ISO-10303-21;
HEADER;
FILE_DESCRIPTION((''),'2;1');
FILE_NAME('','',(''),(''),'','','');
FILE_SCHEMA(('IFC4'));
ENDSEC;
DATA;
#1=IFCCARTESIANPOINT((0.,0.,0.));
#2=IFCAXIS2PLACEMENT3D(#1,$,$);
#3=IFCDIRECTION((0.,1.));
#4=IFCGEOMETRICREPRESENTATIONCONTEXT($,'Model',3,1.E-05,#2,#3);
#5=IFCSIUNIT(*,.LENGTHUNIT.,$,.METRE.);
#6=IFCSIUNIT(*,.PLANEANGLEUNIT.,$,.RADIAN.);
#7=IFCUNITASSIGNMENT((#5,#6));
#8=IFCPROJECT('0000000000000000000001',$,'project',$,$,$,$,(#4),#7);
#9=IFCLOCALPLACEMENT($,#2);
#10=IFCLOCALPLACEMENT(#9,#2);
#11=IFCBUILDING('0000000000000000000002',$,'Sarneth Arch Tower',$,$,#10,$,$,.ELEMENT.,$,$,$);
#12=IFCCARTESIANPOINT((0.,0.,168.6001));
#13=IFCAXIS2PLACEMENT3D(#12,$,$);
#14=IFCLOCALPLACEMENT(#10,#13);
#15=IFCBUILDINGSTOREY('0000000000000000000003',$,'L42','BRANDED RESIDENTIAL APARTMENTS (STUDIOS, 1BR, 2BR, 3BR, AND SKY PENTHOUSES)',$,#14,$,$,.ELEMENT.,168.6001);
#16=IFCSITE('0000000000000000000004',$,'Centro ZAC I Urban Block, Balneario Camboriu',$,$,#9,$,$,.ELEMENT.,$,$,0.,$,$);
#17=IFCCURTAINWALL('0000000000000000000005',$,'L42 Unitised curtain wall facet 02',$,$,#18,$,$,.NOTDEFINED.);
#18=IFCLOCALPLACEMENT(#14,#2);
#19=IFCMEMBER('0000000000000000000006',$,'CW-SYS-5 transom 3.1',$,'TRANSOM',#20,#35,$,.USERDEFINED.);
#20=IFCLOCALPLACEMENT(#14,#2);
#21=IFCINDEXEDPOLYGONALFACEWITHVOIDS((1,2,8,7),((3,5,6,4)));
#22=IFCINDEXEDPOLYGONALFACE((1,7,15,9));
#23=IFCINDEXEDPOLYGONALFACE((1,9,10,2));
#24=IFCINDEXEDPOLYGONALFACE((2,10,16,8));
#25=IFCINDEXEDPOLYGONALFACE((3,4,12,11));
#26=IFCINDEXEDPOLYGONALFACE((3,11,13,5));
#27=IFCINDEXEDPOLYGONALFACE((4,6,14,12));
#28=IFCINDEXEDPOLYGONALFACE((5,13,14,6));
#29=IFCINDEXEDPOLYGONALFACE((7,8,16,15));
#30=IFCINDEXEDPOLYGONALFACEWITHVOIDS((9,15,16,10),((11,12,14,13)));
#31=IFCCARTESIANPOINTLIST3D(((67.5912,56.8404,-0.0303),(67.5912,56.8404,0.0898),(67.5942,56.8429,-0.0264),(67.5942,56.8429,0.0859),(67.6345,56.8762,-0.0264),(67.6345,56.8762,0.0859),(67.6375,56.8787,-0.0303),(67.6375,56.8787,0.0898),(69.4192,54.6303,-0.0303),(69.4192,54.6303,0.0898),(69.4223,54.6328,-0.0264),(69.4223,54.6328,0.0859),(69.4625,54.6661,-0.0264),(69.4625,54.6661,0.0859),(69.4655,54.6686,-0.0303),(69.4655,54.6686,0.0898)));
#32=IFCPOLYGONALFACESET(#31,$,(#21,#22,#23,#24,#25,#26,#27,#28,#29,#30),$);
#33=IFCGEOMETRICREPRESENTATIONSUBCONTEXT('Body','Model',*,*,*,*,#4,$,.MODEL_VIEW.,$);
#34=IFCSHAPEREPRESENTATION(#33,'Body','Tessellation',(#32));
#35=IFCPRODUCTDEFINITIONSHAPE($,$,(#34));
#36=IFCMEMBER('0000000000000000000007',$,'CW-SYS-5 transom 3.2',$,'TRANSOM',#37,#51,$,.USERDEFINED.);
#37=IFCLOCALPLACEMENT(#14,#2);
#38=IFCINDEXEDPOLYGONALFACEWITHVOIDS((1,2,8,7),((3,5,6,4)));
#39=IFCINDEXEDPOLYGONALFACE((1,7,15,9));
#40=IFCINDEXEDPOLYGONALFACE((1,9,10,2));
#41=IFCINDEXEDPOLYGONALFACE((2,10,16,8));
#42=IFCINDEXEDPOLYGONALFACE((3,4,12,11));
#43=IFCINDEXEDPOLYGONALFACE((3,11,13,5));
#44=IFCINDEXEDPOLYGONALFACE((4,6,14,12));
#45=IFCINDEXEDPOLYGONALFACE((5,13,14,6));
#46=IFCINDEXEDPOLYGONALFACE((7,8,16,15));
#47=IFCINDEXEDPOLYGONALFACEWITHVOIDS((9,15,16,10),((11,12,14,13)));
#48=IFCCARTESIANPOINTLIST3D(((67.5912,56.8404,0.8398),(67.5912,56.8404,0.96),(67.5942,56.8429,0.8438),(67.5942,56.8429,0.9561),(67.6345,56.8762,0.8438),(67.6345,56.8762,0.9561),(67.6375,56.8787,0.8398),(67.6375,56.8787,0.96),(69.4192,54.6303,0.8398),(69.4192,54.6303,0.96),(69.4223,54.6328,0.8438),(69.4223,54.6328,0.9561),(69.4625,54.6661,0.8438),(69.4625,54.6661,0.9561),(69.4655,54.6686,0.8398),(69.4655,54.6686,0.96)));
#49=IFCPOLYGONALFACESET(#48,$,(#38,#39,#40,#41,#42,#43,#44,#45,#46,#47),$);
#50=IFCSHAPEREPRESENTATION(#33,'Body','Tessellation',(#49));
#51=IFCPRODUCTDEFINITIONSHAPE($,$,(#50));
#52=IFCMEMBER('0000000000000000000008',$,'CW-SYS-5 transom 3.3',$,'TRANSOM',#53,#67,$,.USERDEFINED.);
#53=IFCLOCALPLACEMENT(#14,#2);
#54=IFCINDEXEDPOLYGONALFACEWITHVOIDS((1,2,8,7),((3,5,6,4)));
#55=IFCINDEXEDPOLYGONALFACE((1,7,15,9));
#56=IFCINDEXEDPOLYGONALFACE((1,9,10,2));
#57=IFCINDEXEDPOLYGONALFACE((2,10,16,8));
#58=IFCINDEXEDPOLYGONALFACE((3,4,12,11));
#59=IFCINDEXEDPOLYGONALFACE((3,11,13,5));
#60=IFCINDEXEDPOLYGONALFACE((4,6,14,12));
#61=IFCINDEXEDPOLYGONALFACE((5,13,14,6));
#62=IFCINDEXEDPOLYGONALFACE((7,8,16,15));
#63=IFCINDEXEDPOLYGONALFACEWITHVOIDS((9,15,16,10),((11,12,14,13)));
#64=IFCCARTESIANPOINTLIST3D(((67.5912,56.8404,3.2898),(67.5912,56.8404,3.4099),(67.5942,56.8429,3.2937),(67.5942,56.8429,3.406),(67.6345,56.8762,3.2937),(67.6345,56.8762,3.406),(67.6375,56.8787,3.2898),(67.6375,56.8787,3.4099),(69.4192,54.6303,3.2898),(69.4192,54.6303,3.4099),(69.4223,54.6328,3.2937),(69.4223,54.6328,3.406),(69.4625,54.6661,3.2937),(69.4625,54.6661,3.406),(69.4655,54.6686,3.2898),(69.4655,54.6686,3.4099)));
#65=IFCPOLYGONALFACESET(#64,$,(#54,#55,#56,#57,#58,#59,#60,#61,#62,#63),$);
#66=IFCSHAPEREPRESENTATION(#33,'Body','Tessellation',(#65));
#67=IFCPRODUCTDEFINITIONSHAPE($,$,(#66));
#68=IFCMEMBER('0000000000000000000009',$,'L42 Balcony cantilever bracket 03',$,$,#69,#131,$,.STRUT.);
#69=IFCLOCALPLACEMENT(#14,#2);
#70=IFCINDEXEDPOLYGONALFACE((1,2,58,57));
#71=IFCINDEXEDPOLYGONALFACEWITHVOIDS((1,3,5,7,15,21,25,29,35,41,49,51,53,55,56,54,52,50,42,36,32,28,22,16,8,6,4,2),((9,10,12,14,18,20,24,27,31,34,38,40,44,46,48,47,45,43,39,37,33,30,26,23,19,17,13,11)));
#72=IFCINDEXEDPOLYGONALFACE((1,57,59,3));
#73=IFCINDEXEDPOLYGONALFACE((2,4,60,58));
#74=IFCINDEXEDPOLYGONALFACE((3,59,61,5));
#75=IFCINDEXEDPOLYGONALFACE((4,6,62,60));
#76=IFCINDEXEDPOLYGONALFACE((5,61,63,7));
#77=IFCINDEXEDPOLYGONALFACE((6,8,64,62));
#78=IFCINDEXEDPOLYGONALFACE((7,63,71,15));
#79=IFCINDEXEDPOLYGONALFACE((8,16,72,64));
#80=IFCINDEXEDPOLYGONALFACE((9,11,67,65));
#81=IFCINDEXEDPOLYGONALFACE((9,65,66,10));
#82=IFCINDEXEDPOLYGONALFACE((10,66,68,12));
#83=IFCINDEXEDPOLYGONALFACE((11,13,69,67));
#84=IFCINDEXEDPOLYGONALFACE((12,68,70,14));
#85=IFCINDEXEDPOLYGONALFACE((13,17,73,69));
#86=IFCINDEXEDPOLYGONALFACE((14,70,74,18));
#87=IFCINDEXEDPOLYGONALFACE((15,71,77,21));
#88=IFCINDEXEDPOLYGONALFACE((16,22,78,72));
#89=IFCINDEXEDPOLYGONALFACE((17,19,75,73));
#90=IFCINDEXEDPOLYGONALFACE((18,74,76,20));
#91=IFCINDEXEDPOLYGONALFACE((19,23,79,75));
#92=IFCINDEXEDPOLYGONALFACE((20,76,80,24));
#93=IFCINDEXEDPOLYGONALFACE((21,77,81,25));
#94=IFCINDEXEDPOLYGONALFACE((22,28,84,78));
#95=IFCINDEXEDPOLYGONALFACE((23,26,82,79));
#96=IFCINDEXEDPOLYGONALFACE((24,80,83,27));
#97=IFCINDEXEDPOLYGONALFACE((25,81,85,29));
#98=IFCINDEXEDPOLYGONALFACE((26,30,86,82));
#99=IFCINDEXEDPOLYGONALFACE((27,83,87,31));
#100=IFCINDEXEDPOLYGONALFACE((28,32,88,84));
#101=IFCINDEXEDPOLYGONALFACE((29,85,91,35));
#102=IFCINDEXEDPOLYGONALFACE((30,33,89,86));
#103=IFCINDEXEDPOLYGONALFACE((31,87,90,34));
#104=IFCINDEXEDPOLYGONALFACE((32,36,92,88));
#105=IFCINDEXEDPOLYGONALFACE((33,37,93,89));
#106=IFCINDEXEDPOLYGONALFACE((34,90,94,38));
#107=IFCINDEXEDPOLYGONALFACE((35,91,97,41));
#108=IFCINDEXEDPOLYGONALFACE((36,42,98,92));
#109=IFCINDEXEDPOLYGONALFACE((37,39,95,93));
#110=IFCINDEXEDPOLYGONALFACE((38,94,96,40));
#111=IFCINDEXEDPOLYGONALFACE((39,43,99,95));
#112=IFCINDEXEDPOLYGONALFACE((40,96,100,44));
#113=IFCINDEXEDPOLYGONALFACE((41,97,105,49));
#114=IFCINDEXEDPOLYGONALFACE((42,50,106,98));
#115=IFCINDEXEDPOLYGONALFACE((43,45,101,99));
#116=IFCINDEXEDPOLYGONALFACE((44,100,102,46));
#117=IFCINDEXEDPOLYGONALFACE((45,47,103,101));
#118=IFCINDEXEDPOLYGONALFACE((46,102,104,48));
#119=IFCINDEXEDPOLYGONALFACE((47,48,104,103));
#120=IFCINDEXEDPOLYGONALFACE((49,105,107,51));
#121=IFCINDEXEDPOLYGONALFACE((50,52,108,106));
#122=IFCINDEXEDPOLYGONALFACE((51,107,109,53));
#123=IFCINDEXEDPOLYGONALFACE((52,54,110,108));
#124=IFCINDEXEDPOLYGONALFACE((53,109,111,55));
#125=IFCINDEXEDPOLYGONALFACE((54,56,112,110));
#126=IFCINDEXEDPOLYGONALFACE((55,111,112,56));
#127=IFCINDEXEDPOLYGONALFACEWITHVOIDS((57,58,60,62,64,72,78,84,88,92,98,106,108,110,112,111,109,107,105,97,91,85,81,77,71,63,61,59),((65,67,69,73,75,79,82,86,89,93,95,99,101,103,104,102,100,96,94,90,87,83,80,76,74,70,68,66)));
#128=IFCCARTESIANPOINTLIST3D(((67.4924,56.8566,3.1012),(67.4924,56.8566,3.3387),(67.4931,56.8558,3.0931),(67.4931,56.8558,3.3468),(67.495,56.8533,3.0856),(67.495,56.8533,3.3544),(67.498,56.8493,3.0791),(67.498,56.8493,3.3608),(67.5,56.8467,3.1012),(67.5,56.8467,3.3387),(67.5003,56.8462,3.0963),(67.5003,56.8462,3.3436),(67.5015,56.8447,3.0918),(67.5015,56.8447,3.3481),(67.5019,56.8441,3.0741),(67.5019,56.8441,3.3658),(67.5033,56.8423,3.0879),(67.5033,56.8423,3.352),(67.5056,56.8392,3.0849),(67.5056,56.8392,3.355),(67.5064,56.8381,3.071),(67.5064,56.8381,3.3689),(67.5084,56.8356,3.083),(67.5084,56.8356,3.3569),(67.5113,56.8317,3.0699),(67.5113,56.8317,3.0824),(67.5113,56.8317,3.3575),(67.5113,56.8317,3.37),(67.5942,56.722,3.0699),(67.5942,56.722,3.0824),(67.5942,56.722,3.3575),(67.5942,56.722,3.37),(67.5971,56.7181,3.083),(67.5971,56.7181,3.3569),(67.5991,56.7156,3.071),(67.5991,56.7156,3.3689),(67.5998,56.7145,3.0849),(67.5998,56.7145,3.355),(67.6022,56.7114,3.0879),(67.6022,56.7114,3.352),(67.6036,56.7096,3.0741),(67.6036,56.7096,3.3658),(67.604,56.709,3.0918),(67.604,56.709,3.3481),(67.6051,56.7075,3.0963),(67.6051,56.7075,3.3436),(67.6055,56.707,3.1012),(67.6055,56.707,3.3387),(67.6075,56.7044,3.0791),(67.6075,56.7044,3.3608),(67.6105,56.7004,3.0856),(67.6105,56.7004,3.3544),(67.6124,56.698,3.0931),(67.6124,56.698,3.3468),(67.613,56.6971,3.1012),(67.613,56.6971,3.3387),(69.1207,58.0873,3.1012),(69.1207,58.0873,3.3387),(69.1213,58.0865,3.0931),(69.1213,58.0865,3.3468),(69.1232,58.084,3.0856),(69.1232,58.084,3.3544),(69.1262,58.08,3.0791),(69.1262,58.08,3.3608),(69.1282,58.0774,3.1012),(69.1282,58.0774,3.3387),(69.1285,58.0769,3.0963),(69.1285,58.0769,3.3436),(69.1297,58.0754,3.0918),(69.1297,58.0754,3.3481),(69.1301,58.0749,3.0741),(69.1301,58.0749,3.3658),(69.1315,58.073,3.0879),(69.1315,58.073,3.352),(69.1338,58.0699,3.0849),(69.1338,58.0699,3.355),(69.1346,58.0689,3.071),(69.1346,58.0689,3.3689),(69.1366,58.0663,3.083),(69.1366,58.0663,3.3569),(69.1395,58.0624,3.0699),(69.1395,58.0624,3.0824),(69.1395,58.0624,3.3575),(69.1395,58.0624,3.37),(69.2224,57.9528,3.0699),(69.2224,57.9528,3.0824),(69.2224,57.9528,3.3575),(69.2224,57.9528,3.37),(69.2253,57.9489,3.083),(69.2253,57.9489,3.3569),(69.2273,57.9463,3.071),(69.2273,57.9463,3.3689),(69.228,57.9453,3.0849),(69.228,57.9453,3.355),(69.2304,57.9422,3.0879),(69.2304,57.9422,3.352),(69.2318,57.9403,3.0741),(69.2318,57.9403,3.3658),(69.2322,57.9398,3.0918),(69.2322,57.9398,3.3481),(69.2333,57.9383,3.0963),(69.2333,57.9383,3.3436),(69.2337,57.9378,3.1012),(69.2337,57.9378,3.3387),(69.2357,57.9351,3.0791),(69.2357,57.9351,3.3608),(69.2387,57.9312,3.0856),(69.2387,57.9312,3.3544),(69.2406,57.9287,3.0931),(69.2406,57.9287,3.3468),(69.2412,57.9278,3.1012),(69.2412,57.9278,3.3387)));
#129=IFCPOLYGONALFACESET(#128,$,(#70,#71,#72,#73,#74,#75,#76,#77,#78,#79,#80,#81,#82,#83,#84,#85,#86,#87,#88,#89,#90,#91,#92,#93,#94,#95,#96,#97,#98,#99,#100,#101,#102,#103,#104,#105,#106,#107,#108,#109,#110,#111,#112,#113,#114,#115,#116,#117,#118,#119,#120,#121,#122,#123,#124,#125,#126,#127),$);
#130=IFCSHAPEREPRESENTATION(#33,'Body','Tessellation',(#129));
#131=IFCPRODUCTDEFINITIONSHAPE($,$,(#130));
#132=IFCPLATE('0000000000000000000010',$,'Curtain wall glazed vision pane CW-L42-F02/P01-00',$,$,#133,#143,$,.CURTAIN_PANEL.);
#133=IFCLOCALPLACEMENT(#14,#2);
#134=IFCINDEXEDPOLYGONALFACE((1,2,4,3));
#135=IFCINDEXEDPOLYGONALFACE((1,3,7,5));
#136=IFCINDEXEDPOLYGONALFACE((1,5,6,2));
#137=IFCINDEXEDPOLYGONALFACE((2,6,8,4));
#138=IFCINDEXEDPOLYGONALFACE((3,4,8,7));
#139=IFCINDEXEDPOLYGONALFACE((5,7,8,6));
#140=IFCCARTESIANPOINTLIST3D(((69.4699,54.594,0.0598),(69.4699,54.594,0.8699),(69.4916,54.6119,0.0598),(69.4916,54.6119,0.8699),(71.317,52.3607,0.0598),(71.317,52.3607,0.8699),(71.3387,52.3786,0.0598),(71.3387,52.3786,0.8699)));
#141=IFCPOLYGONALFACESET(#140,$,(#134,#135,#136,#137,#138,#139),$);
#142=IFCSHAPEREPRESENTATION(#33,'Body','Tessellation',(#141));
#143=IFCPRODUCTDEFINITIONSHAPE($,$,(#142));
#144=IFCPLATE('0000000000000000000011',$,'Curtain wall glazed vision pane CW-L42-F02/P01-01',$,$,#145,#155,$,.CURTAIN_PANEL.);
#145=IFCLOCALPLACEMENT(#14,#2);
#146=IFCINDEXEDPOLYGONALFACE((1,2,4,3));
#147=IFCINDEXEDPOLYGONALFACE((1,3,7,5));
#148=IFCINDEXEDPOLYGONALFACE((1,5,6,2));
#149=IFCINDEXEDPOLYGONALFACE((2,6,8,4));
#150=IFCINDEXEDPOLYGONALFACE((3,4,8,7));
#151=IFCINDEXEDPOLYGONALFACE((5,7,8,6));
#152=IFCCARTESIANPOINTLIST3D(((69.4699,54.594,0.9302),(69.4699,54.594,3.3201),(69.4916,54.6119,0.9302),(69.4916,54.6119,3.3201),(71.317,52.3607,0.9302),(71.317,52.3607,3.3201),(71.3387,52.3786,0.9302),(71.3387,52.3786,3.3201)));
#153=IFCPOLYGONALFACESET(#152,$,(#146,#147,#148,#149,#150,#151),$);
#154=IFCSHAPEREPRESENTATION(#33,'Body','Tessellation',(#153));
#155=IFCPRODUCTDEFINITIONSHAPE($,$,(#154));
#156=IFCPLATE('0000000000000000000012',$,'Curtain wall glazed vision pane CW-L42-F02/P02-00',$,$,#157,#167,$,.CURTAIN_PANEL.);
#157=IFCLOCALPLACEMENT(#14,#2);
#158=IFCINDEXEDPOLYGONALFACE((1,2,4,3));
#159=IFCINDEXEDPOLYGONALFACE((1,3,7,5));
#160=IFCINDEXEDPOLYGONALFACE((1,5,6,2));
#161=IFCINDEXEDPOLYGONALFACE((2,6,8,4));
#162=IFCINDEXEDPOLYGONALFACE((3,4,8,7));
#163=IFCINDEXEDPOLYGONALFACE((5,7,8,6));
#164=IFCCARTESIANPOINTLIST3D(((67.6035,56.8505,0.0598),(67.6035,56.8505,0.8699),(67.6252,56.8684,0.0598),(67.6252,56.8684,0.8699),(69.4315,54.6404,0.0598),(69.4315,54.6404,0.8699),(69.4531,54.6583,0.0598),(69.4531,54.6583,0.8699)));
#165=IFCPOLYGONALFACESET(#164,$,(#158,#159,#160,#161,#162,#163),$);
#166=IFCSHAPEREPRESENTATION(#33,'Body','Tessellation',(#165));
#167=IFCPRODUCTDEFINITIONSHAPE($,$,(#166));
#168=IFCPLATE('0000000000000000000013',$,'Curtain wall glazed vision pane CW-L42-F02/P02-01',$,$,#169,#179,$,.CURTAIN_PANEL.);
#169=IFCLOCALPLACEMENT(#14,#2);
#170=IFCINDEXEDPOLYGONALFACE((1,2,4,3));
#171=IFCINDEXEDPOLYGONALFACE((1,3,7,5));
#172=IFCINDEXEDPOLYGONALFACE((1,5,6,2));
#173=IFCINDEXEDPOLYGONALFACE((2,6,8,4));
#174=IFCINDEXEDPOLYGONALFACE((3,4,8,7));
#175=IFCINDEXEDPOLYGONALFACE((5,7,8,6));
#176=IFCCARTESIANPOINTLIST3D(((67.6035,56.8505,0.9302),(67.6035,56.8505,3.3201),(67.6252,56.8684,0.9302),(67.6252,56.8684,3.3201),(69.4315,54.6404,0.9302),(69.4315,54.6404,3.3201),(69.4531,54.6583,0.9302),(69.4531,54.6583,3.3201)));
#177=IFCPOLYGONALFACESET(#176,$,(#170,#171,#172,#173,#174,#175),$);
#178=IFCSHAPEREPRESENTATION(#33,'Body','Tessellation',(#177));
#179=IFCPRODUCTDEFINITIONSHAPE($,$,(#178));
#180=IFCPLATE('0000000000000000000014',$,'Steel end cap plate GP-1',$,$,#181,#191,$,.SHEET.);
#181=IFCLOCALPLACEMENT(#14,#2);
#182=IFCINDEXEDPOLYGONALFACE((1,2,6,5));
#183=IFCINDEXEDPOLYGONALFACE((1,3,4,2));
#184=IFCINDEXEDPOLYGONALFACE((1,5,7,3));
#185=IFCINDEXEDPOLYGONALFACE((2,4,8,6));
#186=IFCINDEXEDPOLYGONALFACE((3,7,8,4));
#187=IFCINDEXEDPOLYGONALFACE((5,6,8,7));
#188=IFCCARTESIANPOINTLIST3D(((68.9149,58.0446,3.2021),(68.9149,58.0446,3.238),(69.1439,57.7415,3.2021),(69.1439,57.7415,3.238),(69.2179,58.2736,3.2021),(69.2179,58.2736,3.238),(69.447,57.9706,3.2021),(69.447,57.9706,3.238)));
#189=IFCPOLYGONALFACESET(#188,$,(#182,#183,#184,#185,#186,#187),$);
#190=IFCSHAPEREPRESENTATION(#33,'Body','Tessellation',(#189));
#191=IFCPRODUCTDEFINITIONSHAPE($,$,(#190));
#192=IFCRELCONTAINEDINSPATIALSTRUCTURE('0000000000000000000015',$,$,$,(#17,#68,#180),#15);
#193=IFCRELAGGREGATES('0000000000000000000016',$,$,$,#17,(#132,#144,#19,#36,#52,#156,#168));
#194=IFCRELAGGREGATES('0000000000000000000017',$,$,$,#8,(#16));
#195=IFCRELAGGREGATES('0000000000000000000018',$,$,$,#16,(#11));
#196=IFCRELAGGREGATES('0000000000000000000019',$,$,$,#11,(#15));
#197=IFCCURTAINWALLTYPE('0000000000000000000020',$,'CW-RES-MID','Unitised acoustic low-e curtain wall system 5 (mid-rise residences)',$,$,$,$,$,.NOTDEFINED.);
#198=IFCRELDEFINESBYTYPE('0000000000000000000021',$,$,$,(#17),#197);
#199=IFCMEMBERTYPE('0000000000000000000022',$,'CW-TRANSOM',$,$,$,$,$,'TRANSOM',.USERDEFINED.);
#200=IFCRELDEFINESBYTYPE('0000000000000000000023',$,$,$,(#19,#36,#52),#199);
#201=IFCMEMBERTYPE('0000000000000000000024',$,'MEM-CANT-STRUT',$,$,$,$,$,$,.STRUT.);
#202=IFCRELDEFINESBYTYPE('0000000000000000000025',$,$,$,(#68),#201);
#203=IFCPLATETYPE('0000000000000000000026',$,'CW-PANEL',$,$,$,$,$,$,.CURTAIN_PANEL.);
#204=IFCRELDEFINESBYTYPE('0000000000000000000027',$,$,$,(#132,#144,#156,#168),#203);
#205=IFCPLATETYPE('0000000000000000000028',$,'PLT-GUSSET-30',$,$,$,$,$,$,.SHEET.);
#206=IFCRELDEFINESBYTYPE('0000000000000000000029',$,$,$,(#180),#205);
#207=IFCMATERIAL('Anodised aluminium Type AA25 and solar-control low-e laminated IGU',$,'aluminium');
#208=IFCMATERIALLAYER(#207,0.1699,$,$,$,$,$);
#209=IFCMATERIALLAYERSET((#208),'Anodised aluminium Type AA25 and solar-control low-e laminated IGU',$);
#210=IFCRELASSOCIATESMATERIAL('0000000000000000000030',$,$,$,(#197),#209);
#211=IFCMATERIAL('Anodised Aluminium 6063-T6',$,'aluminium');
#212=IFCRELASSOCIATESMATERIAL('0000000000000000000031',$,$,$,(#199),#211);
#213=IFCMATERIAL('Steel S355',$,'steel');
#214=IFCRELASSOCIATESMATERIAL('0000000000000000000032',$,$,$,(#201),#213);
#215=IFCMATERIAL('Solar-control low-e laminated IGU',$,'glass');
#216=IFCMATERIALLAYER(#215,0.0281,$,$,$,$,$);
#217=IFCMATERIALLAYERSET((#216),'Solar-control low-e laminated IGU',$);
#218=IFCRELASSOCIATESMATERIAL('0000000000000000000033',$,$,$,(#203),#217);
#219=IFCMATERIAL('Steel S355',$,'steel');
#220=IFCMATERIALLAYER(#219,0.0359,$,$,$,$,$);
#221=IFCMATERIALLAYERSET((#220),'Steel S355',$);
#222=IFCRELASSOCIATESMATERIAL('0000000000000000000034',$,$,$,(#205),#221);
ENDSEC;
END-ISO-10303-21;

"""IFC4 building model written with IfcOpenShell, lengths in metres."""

from ifc_helpers import new_model, si_unit, direction, frame, origin, origin_2d, place, context, subcontext, project, spatial, rectangle, hollow_rectangle, extrude, material, layer, layer_set, material_profile, profile_set, type_object, element, aggregate, save


model = new_model("IFC4")

# Units and contexts
model_context = context("Model", 3, precision=1e-05, world=origin(), true_north=direction((0.0, 1.0)))
body_context = subcontext(model_context, "Body", "Model", "MODEL_VIEW")
ifc_project = project(units=[si_unit("LENGTHUNIT", "METRE"), si_unit("PLANEANGLEUNIT", "RADIAN")], contexts=[model_context])

# Site, building, storey
site_placement = place(None, origin())
site = spatial("IfcSite", under=ifc_project, at=site_placement, Name="Centro ZAC I Urban Block, Balneario Camboriu", CompositionType="ELEMENT", RefElevation=0.0)
building_placement = place(site_placement, origin())
building = spatial("IfcBuilding", under=site, at=building_placement, Name="Sarneth Arch Tower", CompositionType="ELEMENT")
storey_placement = place(building_placement, frame((0.0, 0.0, 168.6001)))
storey = spatial("IfcBuildingStorey", under=building, at=storey_placement, Name="L42", Description="BRANDED RESIDENTIAL APARTMENTS (STUDIOS, 1BR, 2BR, 3BR, AND SKY PENTHOUSES)", CompositionType="ELEMENT", Elevation=168.6001)

# Curtain wall, members
ifc_material_1 = material(Name="Anodised aluminium Type AA25 and solar-control low-e laminated IGU", Category="aluminium")
ifc_layer_1 = layer(ifc_material_1, 0.1699)
ifc_layer_set_1 = layer_set([ifc_layer_1], Name="Anodised aluminium Type AA25 and solar-control low-e laminated IGU")
curtain_wall_type = type_object("IfcCurtainWallType", Name="CW-RES-MID", Description="Unitised acoustic low-e curtain wall system 5 (mid-rise residences)", PredefinedType="NOTDEFINED", material=ifc_layer_set_1)
curtain_wall_placement = place(storey_placement, origin())
curtain_wall = element("IfcCurtainWall", 1, at=curtain_wall_placement, inside=storey, type_object=curtain_wall_type, Name="L42 Unitised curtain wall facet 02", PredefinedType="NOTDEFINED")
ifc_material_2 = material(Name="Anodised Aluminium 6063-T6", Category="aluminium")
ifc_material_profile_1 = material_profile(ifc_material_2, hollow_rectangle(XDim=0.0601, YDim=0.1201, WallThickness=0.0039, at=origin_2d()), Name="AL-TRAN-120x60x4")
ifc_profile_set_1 = profile_set([ifc_material_profile_1], Name="Anodised Aluminium 6063-T6")
member_type_1 = type_object("IfcMemberType", Name="CW-TRANSOM", ElementType="TRANSOM", PredefinedType="USERDEFINED", material=ifc_profile_set_1)
member_1_placement = place(storey_placement, frame((69.4424, 54.6494, 0.0298), z_axis=(-0.637359, 0.770567, 0.0), x_axis=(-0.770567, -0.637359, 0.0)))
member_1 = element("IfcMember", 2, at=member_1_placement, type_object=member_type_1, Name="CW-SYS-5 transom 3.1", ObjectType="TRANSOM", PredefinedType="USERDEFINED", context=body_context, shape_type="SweptSolid", body=[
    extrude(hollow_rectangle(XDim=0.0601, YDim=0.1201, WallThickness=0.0039, at=origin_2d()), origin(), (0.0, 0.0, 1.0), 2.8682),
])
member_2_placement = place(storey_placement, frame((69.4424, 54.6494, 0.8999), z_axis=(-0.637359, 0.770567, 0.0), x_axis=(-0.770567, -0.637359, 0.0)))
member_2 = element("IfcMember", 3, at=member_2_placement, type_object=member_type_1, Name="CW-SYS-5 transom 3.2", ObjectType="TRANSOM", PredefinedType="USERDEFINED", context=body_context, shape_type="SweptSolid", body=[
    extrude(hollow_rectangle(XDim=0.0601, YDim=0.1201, WallThickness=0.0039, at=origin_2d()), origin(), (0.0, 0.0, 1.0), 2.8682),
])
member_3_placement = place(storey_placement, frame((69.4424, 54.6494, 3.3499), z_axis=(-0.637359, 0.770567, 0.0), x_axis=(-0.770567, -0.637359, 0.0)))
member_3 = element("IfcMember", 4, at=member_3_placement, type_object=member_type_1, Name="CW-SYS-5 transom 3.3", ObjectType="TRANSOM", PredefinedType="USERDEFINED", context=body_context, shape_type="SweptSolid", body=[
    extrude(hollow_rectangle(XDim=0.0601, YDim=0.1201, WallThickness=0.0039, at=origin_2d()), origin(), (0.0, 0.0, 1.0), 2.8682),
])

# Member
ifc_material_3 = material(Name="Steel S355", Category="steel")
ifc_material_profile_2 = material_profile(ifc_material_3, hollow_rectangle(XDim=0.2, YDim=0.3, WallThickness=0.0125, InnerFilletRadius=0.0188, OuterFilletRadius=0.0312, at=origin_2d()), Name="RHS300x200x12.5")
ifc_profile_set_2 = profile_set([ifc_material_profile_2], Name="Steel S355")
member_type_2 = type_object("IfcMemberType", Name="MEM-CANT-STRUT", PredefinedType="STRUT", material=ifc_profile_set_2)
member_4_placement = place(storey_placement, frame((67.5527, 56.7769, 3.22), z_axis=(0.797741, 0.603001, 0.0), x_axis=(-0.603001, 0.797741, 0.0)))
element("IfcMember", 5, at=member_4_placement, inside=storey, type_object=member_type_2, Name="L42 Balcony cantilever bracket 03", PredefinedType="STRUT", context=body_context, shape_type="SweptSolid", body=[
    extrude(hollow_rectangle(XDim=0.2, YDim=0.3, WallThickness=0.0125, InnerFilletRadius=0.0188, OuterFilletRadius=0.0312, at=origin_2d()), origin(), (0.0, 0.0, 1.0), 2.041),
])

# Plates
ifc_material_4 = material(Name="Solar-control low-e laminated IGU", Category="glass")
ifc_layer_2 = layer(ifc_material_4, 0.0281)
ifc_layer_set_2 = layer_set([ifc_layer_2], Name="Solar-control low-e laminated IGU")
plate_type_1 = type_object("IfcPlateType", Name="CW-PANEL", PredefinedType="CURTAIN_PANEL", material=ifc_layer_set_2)
plate_1_placement = place(storey_placement, frame((70.4043, 53.4863, 0.0598), z_axis=(0.0, 0.0, 1.0), x_axis=(-0.63733, 0.770591, 0.0)))
plate_1 = element("IfcPlate", 6, at=plate_1_placement, type_object=plate_type_1, Name="Curtain wall glazed vision pane CW-L42-F02/P01-00", PredefinedType="CURTAIN_PANEL", context=body_context, shape_type="SweptSolid", body=[
    extrude(rectangle(XDim=2.8982, YDim=0.0281, at=origin_2d()), origin(), (0.0, 0.0, 1.0), 0.8101),
])
plate_2_placement = place(storey_placement, frame((70.4043, 53.4863, 0.9302), z_axis=(0.0, 0.0, 1.0), x_axis=(-0.63733, 0.770591, 0.0)))
plate_2 = element("IfcPlate", 7, at=plate_2_placement, type_object=plate_type_1, Name="Curtain wall glazed vision pane CW-L42-F02/P01-01", PredefinedType="CURTAIN_PANEL", context=body_context, shape_type="SweptSolid", body=[
    extrude(rectangle(XDim=2.8982, YDim=0.0281, at=origin_2d()), origin(), (0.0, 0.0, 1.0), 2.3899),
])
plate_3_placement = place(storey_placement, frame((68.5283, 55.7544, 0.0598), z_axis=(0.0, 0.0, 1.0), x_axis=(-0.63733, 0.770591, 0.0)))
plate_3 = element("IfcPlate", 8, at=plate_3_placement, type_object=plate_type_1, Name="Curtain wall glazed vision pane CW-L42-F02/P02-00", PredefinedType="CURTAIN_PANEL", context=body_context, shape_type="SweptSolid", body=[
    extrude(rectangle(XDim=2.8682, YDim=0.0281, at=origin_2d()), origin(), (0.0, 0.0, 1.0), 0.8101),
])
plate_4_placement = place(storey_placement, frame((68.5283, 55.7544, 0.9302), z_axis=(0.0, 0.0, 1.0), x_axis=(-0.63733, 0.770591, 0.0)))
plate_4 = element("IfcPlate", 9, at=plate_4_placement, type_object=plate_type_1, Name="Curtain wall glazed vision pane CW-L42-F02/P02-01", PredefinedType="CURTAIN_PANEL", context=body_context, shape_type="SweptSolid", body=[
    extrude(rectangle(XDim=2.8682, YDim=0.0281, at=origin_2d()), origin(), (0.0, 0.0, 1.0), 2.3899),
])
aggregate(curtain_wall, [plate_1, plate_2, member_1, member_2, member_3, plate_3, plate_4])

# Plate
ifc_material_5 = material(Name="Steel S355", Category="steel")
ifc_layer_3 = layer(ifc_material_5, 0.0359)
ifc_layer_set_3 = layer_set([ifc_layer_3], Name="Steel S355")
plate_type_2 = type_object("IfcPlateType", Name="PLT-GUSSET-30", PredefinedType="SHEET", material=ifc_layer_set_3)
plate_5_placement = place(storey_placement, frame((69.1809, 58.0076, 3.2021), z_axis=(0.0, 0.0, 1.0), x_axis=(0.797794, 0.60293, 0.0)))
element("IfcPlate", 10, at=plate_5_placement, inside=storey, type_object=plate_type_2, Name="Steel end cap plate GP-1", PredefinedType="SHEET", context=body_context, shape_type="SweptSolid", body=[
    extrude(rectangle(XDim=0.3799, YDim=0.3799, at=origin_2d()), origin(), (0.0, 0.0, 1.0), 0.0359),
])

save(model, "model.ifc")
